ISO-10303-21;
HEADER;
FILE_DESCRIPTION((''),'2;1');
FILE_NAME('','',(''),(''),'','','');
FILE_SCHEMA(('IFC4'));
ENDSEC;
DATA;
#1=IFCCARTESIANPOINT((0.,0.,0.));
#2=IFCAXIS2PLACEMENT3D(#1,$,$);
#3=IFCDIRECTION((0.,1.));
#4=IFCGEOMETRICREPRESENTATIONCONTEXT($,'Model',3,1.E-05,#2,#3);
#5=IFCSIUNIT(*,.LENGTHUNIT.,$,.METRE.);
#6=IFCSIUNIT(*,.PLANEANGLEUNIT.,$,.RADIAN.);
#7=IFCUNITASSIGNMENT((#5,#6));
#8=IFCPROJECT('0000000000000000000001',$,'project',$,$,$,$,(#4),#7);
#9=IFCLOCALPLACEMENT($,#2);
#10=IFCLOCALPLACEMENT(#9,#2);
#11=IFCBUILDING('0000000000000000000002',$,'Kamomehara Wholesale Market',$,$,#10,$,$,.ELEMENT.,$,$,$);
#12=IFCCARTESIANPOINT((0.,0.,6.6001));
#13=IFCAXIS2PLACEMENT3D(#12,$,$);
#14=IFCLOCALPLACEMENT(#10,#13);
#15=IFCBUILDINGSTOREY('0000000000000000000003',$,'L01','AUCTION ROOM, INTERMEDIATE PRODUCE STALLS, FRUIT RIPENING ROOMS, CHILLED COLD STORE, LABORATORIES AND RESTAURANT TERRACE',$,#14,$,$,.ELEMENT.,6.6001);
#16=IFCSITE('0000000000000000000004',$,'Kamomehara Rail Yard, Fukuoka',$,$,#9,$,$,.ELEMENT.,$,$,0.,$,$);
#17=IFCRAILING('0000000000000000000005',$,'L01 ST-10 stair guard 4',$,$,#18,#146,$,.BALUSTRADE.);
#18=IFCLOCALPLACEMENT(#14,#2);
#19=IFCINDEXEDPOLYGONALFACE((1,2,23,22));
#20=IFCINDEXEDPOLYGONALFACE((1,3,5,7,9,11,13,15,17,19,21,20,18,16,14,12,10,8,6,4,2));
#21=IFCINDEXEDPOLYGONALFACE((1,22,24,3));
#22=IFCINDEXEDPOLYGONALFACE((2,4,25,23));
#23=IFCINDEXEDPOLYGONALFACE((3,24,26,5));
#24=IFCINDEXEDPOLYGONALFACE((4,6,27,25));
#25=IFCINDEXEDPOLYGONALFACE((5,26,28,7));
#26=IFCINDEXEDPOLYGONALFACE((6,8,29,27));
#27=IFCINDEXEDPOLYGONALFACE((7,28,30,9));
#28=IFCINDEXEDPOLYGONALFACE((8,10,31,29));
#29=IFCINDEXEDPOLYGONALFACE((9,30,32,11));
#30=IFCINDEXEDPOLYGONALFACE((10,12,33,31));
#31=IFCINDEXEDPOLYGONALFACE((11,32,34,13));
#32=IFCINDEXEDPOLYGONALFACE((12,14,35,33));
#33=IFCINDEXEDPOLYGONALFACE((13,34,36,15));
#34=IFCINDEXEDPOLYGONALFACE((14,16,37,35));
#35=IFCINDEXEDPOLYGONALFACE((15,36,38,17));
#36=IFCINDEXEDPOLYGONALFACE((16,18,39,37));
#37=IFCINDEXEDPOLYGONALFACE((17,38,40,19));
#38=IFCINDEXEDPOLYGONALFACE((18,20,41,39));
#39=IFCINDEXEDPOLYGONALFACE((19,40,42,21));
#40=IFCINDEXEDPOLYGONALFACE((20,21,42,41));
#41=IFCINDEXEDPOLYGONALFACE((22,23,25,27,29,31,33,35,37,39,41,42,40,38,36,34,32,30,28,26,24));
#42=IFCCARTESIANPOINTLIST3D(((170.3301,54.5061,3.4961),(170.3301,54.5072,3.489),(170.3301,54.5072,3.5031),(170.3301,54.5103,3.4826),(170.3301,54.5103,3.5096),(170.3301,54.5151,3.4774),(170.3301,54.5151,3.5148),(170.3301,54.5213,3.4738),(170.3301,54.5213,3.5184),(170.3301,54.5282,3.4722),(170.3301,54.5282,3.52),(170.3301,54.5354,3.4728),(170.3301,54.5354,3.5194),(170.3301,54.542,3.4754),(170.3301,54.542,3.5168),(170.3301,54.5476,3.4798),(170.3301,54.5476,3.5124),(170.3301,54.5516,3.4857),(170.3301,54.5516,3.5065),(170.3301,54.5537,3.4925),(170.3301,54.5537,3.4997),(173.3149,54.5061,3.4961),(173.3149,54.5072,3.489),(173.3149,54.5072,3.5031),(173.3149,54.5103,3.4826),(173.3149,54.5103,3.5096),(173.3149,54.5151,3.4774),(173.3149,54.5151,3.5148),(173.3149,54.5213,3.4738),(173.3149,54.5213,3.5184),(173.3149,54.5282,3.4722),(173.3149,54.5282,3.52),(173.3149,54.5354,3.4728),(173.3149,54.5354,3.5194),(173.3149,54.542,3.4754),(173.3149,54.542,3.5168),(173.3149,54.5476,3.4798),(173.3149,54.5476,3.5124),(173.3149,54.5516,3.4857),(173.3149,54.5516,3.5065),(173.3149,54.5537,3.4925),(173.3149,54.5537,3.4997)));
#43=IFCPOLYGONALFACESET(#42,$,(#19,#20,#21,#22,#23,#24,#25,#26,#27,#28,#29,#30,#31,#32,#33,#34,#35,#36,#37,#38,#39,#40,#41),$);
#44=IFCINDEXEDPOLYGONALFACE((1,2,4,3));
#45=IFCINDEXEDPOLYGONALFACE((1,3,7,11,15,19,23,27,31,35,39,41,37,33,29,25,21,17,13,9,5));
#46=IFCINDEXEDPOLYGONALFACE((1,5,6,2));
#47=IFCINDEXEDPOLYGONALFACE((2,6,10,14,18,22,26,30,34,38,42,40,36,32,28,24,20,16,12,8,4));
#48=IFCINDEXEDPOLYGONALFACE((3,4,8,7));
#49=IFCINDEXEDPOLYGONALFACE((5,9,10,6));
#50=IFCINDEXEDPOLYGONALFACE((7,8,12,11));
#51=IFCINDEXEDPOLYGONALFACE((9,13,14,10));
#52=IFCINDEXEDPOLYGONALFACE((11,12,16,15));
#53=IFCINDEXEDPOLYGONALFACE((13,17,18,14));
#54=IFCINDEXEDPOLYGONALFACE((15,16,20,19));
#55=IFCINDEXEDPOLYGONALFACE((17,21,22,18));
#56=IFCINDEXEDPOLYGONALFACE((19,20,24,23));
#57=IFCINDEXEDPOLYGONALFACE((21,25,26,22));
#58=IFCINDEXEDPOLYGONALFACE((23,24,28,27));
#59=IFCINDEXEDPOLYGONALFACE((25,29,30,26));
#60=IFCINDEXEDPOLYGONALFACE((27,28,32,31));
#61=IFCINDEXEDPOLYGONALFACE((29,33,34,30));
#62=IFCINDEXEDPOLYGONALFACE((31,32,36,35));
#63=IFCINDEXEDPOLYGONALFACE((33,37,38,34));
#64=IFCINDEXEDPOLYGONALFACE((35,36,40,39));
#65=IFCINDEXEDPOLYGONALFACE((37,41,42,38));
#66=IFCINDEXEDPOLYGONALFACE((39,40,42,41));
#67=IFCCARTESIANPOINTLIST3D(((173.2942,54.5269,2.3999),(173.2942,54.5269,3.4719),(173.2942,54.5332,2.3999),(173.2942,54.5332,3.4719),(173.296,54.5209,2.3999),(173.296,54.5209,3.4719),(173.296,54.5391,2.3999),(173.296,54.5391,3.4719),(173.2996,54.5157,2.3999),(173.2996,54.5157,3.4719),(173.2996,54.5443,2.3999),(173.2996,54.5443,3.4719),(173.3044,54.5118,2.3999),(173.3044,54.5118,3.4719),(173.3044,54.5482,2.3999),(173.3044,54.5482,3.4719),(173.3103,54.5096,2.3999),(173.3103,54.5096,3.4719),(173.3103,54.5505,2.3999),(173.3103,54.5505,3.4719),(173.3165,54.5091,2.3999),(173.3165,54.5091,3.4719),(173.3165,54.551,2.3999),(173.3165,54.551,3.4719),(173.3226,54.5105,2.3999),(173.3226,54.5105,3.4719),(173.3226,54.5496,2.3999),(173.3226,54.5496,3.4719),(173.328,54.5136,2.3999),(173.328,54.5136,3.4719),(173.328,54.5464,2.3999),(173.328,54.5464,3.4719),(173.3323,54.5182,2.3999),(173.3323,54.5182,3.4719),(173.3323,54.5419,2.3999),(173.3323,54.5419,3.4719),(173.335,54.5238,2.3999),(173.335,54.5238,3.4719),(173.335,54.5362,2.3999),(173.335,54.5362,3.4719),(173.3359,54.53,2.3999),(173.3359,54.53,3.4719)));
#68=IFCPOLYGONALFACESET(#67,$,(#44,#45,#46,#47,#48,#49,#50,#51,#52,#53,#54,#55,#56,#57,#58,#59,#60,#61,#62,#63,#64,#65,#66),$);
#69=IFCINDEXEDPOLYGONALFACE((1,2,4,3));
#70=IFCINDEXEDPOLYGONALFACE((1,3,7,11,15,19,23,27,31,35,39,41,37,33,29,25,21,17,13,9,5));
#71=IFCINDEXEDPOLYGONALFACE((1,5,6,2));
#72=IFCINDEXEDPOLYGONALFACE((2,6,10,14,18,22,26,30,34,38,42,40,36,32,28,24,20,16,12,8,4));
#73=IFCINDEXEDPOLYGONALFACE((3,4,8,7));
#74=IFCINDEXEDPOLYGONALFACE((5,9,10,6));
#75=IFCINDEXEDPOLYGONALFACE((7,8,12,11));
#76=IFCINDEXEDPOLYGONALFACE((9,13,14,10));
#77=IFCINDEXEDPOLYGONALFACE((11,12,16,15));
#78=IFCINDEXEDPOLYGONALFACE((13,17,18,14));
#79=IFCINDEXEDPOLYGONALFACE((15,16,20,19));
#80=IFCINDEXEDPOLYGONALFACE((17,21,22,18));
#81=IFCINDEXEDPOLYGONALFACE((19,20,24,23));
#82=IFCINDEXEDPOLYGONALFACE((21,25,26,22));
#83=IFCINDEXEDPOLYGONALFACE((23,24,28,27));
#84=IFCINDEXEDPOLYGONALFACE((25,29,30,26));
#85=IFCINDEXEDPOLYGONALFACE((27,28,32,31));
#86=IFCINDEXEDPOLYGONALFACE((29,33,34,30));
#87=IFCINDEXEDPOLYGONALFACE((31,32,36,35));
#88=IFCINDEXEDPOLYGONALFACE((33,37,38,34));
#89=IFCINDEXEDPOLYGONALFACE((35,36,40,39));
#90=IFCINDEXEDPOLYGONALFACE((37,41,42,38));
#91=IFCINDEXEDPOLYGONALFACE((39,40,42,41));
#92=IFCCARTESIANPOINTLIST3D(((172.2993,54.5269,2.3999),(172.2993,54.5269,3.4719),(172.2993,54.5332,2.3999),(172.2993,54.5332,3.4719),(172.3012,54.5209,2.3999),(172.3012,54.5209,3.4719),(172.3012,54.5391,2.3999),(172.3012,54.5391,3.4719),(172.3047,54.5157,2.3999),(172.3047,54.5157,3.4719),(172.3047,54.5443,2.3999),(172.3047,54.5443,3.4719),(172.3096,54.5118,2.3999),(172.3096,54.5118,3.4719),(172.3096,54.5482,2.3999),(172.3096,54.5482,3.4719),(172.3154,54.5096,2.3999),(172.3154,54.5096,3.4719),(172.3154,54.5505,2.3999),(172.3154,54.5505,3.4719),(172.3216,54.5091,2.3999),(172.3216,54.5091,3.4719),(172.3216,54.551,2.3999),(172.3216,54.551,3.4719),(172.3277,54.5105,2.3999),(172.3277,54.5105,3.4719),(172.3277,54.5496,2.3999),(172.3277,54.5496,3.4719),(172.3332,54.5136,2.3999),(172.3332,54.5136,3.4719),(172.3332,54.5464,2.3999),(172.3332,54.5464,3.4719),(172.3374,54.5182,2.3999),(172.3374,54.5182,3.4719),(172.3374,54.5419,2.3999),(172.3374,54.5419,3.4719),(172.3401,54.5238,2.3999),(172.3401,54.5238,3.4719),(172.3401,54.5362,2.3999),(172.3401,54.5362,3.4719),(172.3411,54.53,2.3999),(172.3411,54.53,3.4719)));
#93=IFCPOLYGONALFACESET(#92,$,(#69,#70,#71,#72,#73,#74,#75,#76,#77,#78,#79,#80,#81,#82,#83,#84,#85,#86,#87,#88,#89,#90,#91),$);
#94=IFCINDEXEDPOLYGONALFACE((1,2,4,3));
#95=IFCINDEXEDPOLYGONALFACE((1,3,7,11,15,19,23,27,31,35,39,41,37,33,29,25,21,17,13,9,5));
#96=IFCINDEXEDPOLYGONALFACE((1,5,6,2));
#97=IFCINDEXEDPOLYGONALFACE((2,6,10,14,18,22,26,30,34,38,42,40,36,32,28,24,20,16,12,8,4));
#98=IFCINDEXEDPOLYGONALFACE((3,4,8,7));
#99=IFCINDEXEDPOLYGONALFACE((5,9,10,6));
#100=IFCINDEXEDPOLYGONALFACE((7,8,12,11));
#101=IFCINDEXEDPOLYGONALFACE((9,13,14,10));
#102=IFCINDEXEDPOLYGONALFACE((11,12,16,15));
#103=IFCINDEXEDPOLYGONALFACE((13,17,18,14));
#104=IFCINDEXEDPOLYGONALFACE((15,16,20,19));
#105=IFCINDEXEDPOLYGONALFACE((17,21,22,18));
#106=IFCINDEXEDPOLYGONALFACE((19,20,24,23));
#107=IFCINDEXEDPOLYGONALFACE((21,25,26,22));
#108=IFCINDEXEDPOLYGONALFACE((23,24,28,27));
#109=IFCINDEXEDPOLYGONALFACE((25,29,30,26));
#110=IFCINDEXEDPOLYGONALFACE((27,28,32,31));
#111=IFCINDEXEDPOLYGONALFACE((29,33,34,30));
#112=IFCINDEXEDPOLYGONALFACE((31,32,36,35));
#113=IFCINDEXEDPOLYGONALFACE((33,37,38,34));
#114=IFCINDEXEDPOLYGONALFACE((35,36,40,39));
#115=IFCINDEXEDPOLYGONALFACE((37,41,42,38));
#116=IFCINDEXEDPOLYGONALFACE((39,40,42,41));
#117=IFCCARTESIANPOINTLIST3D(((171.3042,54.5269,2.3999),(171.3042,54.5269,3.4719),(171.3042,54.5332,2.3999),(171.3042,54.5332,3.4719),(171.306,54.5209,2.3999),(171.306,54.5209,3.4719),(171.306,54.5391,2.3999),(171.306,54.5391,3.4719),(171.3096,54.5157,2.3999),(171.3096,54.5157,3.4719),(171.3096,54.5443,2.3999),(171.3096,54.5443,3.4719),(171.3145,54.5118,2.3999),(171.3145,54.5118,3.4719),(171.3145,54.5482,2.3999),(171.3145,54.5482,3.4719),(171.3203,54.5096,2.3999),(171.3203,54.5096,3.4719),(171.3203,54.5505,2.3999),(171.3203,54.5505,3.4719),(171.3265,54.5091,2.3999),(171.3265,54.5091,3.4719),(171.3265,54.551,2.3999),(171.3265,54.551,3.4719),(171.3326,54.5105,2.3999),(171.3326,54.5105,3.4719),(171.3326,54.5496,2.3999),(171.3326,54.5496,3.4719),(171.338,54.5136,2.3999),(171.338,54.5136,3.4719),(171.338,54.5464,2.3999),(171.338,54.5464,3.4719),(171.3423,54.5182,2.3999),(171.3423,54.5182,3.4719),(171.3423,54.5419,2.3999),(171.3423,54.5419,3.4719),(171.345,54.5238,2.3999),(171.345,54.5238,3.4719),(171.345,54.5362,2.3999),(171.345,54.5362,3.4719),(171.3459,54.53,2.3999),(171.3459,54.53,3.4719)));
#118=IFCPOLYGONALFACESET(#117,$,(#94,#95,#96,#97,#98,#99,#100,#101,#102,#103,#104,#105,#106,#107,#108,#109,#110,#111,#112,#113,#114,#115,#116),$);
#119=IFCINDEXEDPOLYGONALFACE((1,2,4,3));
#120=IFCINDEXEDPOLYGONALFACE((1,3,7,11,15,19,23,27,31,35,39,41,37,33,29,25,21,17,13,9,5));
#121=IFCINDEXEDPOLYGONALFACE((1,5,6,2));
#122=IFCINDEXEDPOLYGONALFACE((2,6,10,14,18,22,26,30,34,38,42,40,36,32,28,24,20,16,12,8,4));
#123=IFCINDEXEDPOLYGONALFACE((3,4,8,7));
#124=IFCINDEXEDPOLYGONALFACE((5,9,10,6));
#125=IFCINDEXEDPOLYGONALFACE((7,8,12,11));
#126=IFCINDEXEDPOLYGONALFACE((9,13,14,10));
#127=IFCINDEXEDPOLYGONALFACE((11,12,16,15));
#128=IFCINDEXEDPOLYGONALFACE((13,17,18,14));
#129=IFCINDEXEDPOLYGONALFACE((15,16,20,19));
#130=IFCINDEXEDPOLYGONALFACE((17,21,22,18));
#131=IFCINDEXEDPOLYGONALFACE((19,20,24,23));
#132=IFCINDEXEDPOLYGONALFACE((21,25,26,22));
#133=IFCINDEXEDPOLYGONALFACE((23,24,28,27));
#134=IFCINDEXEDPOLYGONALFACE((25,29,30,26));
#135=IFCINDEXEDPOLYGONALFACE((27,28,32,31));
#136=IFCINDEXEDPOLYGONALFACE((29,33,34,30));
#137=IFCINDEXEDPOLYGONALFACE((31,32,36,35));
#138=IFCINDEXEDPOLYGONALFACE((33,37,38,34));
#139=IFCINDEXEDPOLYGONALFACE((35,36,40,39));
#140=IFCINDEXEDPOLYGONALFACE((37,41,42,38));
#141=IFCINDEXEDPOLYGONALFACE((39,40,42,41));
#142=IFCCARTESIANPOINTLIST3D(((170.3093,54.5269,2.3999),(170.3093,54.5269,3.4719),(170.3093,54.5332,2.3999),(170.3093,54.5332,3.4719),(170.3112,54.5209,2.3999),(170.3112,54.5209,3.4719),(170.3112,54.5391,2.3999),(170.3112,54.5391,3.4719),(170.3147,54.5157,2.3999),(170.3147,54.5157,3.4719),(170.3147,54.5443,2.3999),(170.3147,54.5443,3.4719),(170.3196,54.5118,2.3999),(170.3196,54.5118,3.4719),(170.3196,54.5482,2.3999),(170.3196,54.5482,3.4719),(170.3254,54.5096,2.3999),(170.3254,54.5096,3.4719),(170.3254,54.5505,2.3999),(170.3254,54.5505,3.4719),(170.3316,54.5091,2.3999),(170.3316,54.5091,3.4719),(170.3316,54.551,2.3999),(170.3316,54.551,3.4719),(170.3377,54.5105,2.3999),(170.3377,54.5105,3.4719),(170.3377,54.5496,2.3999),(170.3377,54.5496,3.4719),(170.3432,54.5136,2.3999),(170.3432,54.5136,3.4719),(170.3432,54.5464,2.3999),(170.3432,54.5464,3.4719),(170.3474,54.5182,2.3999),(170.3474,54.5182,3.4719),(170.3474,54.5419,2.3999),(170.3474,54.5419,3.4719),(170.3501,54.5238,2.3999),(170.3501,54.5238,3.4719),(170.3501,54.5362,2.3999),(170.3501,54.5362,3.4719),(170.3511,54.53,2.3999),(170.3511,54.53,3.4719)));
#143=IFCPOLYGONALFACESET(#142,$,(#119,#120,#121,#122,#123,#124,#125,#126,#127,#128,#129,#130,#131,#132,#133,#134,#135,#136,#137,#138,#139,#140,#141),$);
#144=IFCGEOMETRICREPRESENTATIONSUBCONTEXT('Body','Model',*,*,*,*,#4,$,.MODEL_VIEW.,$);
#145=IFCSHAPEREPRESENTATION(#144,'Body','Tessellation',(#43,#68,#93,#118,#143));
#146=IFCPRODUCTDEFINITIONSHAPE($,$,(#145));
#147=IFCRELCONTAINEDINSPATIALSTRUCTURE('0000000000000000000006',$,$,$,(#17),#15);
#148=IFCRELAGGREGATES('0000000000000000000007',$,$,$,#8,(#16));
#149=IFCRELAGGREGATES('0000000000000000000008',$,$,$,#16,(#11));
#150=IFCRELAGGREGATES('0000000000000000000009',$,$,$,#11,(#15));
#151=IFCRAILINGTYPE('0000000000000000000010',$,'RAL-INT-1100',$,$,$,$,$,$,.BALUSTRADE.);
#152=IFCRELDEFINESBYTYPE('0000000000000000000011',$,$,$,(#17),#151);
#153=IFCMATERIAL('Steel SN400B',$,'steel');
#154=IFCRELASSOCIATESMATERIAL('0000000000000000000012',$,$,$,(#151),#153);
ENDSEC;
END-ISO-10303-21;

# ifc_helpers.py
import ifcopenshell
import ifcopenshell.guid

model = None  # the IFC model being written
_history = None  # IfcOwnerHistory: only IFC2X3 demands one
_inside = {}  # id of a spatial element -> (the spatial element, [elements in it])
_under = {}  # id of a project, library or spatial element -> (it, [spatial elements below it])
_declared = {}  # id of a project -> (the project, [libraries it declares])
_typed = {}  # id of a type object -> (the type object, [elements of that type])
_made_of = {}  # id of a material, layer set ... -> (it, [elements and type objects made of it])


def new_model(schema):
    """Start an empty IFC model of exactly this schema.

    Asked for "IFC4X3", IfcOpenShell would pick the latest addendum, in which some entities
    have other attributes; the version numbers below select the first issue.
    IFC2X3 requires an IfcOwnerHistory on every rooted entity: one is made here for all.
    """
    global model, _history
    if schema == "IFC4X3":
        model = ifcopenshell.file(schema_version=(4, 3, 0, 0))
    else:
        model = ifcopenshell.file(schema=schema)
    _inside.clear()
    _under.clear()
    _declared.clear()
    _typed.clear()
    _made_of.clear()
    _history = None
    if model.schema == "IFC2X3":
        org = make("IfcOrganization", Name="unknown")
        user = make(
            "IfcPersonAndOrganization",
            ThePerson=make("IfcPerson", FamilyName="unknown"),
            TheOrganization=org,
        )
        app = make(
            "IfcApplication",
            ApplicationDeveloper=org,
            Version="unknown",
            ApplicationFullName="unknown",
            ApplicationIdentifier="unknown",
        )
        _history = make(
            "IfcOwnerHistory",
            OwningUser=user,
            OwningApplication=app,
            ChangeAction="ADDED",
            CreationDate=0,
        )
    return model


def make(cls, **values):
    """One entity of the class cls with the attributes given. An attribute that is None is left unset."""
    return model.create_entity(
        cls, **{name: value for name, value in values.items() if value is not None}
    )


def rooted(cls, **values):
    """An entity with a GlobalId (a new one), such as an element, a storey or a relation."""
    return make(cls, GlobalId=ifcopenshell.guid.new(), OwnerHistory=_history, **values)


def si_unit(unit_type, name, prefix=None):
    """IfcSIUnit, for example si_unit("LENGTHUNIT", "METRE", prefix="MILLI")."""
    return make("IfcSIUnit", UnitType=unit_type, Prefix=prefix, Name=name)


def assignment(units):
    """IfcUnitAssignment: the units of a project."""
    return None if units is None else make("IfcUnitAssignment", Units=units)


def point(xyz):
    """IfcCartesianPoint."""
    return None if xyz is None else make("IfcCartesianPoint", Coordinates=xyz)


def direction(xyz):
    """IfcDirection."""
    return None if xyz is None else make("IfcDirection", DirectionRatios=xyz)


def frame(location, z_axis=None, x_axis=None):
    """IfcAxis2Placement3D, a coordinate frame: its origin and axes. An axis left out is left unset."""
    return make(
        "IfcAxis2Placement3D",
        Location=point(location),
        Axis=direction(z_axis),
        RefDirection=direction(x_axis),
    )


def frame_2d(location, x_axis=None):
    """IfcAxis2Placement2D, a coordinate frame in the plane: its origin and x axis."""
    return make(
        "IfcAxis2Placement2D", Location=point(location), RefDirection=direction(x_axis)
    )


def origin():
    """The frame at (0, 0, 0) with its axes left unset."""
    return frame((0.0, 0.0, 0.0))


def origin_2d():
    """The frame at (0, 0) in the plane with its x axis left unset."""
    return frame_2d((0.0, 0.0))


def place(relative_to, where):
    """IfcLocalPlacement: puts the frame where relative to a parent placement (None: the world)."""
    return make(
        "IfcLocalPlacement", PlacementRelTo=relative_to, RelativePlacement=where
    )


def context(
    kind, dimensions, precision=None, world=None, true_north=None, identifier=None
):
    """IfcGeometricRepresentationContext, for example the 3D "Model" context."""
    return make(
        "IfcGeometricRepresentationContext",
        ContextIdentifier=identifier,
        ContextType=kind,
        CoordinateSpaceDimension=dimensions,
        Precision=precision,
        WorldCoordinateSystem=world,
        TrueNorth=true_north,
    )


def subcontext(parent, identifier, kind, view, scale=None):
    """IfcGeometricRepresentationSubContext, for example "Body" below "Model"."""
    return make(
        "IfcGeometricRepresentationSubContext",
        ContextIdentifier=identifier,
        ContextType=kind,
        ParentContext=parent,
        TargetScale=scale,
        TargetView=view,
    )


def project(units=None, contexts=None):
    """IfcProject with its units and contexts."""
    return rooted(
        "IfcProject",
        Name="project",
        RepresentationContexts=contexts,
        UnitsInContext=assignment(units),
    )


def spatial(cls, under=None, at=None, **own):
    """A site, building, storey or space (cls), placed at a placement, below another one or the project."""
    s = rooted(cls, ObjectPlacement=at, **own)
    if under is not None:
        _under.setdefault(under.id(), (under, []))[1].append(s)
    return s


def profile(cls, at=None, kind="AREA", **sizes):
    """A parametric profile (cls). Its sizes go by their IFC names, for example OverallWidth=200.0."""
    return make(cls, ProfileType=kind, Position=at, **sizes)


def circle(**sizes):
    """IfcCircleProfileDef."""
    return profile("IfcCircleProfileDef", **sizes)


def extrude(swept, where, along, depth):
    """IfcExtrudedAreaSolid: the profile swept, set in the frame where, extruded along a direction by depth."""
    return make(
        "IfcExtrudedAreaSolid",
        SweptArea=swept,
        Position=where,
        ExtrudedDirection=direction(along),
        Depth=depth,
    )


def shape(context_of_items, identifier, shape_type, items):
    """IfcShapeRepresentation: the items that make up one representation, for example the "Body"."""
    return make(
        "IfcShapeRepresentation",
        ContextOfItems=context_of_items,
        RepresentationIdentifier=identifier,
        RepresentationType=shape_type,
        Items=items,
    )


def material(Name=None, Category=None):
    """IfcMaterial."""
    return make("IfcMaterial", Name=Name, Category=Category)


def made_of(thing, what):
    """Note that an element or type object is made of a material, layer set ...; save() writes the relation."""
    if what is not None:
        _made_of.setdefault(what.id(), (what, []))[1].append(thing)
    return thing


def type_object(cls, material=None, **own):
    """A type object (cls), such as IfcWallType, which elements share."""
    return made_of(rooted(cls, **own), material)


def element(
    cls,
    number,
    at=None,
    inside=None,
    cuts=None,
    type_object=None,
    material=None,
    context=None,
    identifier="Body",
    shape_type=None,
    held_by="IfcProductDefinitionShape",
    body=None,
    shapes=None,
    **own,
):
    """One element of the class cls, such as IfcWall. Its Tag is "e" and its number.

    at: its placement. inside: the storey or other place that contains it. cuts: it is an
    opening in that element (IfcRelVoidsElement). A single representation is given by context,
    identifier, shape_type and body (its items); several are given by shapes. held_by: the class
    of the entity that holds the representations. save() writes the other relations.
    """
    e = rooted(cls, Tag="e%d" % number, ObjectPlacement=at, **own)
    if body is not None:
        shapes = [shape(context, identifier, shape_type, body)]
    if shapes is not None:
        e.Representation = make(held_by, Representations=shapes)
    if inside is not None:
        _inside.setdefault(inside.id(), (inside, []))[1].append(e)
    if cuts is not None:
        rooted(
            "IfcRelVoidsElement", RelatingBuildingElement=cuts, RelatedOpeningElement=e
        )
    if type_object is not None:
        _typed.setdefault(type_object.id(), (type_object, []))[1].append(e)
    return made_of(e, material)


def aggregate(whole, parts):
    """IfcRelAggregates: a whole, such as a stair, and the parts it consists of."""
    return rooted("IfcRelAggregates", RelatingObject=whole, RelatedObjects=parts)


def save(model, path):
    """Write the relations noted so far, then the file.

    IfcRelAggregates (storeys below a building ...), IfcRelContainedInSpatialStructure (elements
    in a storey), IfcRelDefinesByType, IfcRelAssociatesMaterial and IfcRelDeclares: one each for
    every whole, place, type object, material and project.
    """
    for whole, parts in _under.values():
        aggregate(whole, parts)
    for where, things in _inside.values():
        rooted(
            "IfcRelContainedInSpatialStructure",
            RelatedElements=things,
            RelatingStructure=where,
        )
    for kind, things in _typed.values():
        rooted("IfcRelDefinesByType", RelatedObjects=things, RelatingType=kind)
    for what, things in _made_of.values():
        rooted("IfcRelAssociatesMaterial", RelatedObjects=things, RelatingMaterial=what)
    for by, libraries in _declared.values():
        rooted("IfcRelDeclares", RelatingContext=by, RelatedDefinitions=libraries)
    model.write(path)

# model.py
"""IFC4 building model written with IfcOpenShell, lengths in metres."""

from ifc_helpers import new_model, si_unit, direction, frame, origin, origin_2d, place, context, subcontext, project, spatial, circle, extrude, material, type_object, element, save


model = new_model("IFC4")

# Units and contexts
model_context = context("Model", 3, precision=1e-05, world=origin(), true_north=direction((0.0, 1.0)))
body_context = subcontext(model_context, "Body", "Model", "MODEL_VIEW")
ifc_project = project(units=[si_unit("LENGTHUNIT", "METRE"), si_unit("PLANEANGLEUNIT", "RADIAN")], contexts=[model_context])

# Site, building, storey
site_placement = place(None, origin())
site = spatial("IfcSite", under=ifc_project, at=site_placement, Name="Kamomehara Rail Yard, Fukuoka", CompositionType="ELEMENT", RefElevation=0.0)
building_placement = place(site_placement, origin())
building = spatial("IfcBuilding", under=site, at=building_placement, Name="Kamomehara Wholesale Market", CompositionType="ELEMENT")
storey_placement = place(building_placement, frame((0.0, 0.0, 6.6001)))
storey = spatial("IfcBuildingStorey", under=building, at=storey_placement, Name="L01", Description="AUCTION ROOM, INTERMEDIATE PRODUCE STALLS, FRUIT RIPENING ROOMS, CHILLED COLD STORE, LABORATORIES AND RESTAURANT TERRACE", CompositionType="ELEMENT", Elevation=6.6001)

# Railing
ifc_material_1 = material(Name="Steel SN400B", Category="steel")
railing_type_1 = type_object("IfcRailingType", Name="RAL-INT-1100", PredefinedType="BALUSTRADE", material=ifc_material_1)
for number, where, name in (
    (1, (173.3149, 54.53, 2.3999), "L01 ST-10 stair guard 4"),
):
    element("IfcRailing", number, at=place(storey_placement, frame(where)), inside=storey, type_object=railing_type_1, Name=name, PredefinedType="BALUSTRADE", context=body_context, shape_type="SweptSolid", body=[
        extrude(circle(Radius=0.0239, at=origin_2d()), frame((0.0, 0.0, 1.0962), z_axis=(-1.0, 0.0, 0.0), x_axis=(0.0, -1.0, 0.0)), (0.0, 0.0, 1.0), 2.9849),
        extrude(circle(Radius=0.021, at=origin_2d()), origin(), (0.0, 0.0, 1.0), 1.072),
        extrude(circle(Radius=0.021, at=origin_2d()), frame((-0.9949, 0.0, 0.0)), (0.0, 0.0, 1.0), 1.072),
        extrude(circle(Radius=0.021, at=origin_2d()), frame((-1.99, 0.0, 0.0)), (0.0, 0.0, 1.0), 1.072),
        extrude(circle(Radius=0.021, at=origin_2d()), frame((-2.9849, 0.0, 0.0)), (0.0, 0.0, 1.0), 1.072),
    ])

save(model, "model.ifc")
